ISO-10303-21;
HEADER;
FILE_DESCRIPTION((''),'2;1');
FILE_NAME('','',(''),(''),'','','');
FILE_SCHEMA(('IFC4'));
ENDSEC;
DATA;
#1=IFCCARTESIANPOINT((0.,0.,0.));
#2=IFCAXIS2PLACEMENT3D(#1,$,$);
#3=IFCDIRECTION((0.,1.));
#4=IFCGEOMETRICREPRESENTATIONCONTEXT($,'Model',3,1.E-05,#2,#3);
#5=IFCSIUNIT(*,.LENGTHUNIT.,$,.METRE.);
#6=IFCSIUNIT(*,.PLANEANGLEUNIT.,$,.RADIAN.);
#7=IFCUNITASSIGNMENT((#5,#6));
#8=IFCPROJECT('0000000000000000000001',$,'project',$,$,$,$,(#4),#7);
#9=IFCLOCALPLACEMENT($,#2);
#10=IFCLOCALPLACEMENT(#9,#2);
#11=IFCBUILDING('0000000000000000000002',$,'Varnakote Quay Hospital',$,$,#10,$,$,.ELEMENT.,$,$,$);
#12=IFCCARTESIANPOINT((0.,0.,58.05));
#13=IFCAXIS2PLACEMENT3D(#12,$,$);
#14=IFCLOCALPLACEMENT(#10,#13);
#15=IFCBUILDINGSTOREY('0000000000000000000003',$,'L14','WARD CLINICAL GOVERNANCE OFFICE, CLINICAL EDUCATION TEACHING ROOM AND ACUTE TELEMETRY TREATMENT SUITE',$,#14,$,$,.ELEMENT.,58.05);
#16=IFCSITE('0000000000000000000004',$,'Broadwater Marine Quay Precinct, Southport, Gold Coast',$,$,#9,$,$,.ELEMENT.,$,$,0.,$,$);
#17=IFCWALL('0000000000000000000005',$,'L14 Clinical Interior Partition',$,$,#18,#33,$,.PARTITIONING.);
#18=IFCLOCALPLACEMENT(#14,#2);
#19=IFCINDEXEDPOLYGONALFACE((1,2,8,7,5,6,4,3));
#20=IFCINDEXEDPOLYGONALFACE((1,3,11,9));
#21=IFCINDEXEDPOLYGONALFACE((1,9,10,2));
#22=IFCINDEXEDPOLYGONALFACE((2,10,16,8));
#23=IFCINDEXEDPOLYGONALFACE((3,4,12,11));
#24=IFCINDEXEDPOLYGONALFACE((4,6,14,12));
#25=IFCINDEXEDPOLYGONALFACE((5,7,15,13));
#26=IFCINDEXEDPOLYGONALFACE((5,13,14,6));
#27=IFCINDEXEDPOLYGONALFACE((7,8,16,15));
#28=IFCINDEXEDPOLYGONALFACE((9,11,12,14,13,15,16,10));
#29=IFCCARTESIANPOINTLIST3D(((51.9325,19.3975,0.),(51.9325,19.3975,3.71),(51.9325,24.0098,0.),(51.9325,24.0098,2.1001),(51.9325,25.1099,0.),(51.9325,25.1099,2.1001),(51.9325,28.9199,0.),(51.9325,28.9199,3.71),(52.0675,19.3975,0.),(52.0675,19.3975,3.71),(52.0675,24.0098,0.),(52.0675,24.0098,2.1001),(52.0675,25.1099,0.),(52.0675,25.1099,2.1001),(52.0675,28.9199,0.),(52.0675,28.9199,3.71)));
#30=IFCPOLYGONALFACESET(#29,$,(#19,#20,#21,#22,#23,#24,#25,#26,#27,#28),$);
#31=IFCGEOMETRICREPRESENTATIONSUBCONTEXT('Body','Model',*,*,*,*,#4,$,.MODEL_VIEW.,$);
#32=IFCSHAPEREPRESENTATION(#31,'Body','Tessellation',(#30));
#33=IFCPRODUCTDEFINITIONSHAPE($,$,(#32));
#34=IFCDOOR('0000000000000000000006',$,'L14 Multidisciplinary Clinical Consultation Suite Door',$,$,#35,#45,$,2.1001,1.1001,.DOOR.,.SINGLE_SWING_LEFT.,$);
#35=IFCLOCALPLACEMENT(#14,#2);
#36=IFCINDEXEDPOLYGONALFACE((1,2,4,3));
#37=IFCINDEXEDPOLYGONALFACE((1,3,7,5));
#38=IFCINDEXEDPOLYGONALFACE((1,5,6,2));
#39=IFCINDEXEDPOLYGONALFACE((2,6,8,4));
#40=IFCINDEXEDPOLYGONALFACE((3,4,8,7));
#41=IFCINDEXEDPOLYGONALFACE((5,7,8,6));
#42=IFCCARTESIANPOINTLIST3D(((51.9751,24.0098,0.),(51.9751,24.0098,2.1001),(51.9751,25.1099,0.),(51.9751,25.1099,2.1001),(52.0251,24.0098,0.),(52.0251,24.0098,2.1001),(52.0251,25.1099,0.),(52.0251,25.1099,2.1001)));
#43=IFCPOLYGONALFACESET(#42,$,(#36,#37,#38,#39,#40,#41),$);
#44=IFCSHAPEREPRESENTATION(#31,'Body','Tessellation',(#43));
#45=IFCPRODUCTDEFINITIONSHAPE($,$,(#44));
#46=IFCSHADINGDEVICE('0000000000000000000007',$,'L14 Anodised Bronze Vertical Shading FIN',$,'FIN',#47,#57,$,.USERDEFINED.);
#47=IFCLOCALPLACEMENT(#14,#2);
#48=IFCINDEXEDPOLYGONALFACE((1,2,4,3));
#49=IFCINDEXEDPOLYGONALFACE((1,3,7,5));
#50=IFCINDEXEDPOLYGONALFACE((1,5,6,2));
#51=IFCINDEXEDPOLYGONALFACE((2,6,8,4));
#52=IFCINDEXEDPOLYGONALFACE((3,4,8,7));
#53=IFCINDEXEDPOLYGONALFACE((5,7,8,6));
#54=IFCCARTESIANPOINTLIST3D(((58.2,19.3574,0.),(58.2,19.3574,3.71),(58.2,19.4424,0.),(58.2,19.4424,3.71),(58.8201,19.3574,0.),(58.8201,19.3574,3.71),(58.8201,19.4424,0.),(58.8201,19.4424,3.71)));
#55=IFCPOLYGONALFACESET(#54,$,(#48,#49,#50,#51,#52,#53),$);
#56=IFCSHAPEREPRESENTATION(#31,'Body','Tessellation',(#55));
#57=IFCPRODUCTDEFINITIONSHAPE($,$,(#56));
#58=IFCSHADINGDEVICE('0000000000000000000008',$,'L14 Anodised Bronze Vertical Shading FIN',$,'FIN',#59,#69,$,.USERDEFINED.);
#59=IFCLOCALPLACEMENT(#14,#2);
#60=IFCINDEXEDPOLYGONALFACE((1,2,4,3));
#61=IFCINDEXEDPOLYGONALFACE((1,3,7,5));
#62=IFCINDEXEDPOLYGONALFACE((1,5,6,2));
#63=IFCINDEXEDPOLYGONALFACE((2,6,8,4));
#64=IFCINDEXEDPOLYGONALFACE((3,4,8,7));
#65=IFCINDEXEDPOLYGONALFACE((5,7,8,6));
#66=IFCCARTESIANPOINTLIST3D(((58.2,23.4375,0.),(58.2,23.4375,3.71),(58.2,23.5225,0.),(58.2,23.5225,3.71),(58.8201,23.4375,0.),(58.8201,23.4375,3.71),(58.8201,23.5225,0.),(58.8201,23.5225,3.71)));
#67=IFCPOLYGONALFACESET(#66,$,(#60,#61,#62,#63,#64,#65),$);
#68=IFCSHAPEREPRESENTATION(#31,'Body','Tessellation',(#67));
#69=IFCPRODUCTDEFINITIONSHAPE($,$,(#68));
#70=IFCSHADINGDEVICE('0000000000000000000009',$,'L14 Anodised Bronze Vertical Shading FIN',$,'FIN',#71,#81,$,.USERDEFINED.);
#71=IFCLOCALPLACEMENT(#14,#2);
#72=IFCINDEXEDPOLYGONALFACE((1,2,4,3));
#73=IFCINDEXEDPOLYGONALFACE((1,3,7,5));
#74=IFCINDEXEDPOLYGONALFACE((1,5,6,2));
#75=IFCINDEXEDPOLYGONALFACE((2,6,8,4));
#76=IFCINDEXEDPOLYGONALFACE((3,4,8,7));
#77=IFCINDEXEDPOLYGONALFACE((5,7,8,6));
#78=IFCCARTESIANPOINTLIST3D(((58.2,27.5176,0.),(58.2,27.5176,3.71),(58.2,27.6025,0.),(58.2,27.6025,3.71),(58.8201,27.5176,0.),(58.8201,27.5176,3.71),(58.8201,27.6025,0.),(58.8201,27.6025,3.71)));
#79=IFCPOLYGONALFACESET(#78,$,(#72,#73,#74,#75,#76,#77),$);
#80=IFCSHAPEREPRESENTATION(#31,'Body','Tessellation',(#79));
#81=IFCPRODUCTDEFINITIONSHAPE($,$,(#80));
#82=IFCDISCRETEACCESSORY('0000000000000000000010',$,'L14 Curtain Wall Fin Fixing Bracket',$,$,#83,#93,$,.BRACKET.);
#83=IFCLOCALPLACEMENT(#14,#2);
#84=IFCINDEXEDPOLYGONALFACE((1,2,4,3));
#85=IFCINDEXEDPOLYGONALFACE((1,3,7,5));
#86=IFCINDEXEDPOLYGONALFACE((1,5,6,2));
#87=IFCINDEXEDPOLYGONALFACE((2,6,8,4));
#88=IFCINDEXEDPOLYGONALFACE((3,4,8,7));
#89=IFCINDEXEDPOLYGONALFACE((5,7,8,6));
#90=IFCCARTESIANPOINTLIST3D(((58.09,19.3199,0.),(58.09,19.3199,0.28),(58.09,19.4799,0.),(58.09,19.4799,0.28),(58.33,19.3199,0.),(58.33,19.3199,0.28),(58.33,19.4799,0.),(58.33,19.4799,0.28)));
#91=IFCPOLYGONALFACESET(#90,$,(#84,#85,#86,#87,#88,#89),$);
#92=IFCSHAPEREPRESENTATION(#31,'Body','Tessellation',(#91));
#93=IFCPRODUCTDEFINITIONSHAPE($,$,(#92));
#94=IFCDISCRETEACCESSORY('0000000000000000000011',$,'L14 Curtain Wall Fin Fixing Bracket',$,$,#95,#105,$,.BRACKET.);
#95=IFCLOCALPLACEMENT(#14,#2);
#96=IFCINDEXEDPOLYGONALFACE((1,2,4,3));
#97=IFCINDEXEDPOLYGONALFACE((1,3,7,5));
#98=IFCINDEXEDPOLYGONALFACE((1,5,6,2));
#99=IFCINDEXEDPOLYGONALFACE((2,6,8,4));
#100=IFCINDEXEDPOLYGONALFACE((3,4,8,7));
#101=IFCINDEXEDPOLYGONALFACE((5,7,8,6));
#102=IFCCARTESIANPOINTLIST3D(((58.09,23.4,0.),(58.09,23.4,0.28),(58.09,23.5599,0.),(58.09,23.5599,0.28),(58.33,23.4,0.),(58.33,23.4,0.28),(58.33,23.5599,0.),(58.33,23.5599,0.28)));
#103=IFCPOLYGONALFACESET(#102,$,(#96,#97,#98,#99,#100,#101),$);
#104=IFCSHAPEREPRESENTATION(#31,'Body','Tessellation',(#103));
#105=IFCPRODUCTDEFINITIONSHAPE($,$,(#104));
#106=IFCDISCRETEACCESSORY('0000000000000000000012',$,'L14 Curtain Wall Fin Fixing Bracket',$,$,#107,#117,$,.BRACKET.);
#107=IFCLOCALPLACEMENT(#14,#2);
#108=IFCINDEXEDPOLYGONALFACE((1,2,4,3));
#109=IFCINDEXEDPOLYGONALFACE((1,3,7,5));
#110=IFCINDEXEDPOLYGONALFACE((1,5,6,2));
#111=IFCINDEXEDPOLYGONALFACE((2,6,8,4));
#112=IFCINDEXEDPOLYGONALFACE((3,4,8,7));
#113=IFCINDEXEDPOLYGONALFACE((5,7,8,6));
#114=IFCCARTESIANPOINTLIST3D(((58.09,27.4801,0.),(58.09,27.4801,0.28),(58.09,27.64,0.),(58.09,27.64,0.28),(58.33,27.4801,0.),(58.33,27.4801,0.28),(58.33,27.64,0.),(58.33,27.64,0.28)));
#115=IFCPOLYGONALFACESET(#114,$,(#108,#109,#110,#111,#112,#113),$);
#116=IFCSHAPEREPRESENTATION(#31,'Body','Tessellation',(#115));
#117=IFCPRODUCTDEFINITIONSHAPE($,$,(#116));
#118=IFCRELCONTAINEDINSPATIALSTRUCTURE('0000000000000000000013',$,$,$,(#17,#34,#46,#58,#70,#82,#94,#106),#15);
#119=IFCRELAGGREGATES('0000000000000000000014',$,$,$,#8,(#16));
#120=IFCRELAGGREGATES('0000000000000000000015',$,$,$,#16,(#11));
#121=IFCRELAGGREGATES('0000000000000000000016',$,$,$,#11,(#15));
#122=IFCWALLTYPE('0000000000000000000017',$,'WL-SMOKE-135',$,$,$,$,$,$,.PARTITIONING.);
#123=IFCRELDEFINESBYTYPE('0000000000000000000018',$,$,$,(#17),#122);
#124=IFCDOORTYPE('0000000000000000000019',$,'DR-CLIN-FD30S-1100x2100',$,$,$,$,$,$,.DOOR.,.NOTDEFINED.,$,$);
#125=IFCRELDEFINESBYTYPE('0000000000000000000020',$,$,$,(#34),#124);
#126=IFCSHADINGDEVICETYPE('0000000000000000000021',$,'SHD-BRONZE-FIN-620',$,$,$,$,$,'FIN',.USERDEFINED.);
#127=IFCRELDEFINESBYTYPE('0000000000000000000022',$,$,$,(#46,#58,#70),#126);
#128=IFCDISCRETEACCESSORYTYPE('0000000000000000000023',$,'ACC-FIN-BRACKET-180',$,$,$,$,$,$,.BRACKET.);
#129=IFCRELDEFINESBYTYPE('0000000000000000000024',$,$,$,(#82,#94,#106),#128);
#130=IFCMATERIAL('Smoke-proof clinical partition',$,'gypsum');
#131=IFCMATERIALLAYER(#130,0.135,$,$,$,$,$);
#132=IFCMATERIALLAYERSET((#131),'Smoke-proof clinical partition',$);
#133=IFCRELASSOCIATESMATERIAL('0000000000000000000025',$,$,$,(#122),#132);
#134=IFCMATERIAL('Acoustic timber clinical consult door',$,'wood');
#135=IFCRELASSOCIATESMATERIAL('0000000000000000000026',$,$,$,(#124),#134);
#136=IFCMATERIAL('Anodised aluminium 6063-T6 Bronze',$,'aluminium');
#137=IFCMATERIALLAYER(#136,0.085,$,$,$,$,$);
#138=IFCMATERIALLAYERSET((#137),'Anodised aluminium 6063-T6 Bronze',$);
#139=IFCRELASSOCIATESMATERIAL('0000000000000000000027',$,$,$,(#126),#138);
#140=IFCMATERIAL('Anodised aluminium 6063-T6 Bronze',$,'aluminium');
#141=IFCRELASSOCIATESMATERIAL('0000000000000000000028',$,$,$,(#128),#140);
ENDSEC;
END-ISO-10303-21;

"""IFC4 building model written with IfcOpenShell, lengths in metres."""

from ifc_helpers import new_model, si_unit, direction, frame, frame_2d, origin, origin_2d, place, context, subcontext, project, spatial, rectangle, extrude, material, layer, layer_set, type_object, element, fill, save


model = new_model("IFC4")

# Units and contexts
model_context = context("Model", 3, precision=1e-05, world=origin(), true_north=direction((0.0, 1.0)))
body_context = subcontext(model_context, "Body", "Model", "MODEL_VIEW")
ifc_project = project(units=[si_unit("LENGTHUNIT", "METRE"), si_unit("PLANEANGLEUNIT", "RADIAN")], contexts=[model_context])

# Site, building, storey
site_placement = place(None, origin())
site = spatial("IfcSite", under=ifc_project, at=site_placement, Name="Broadwater Marine Quay Precinct, Southport, Gold Coast", CompositionType="ELEMENT", RefElevation=0.0)
building_placement = place(site_placement, origin())
building = spatial("IfcBuilding", under=site, at=building_placement, Name="Varnakote Quay Hospital", CompositionType="ELEMENT")
storey_placement = place(building_placement, frame((0.0, 0.0, 58.05)))
storey = spatial("IfcBuildingStorey", under=building, at=storey_placement, Name="L14", Description="WARD CLINICAL GOVERNANCE OFFICE, CLINICAL EDUCATION TEACHING ROOM AND ACUTE TELEMETRY TREATMENT SUITE", CompositionType="ELEMENT", Elevation=58.05)

# Shared definitions
ifc_material_1 = material(Name="Smoke-proof clinical partition", Category="gypsum")
ifc_layer_1 = layer(ifc_material_1, 0.135)
ifc_layer_set_1 = layer_set([ifc_layer_1], Name="Smoke-proof clinical partition")
wall_type_1 = type_object("IfcWallType", Name="WL-SMOKE-135", PredefinedType="PARTITIONING", material=ifc_layer_set_1)

# Wall, opening, door
wall_1_placement = place(storey_placement, frame((52.0, 19.3975, 0.0), z_axis=(0.0, 0.0, 1.0), x_axis=(0.0, 1.0, 0.0)))
wall_1 = element("IfcWall", 1, at=wall_1_placement, inside=storey, type_object=wall_type_1, Name="L14 Clinical Interior Partition", PredefinedType="PARTITIONING", context=body_context, shape_type="SweptSolid", body=[
    extrude(rectangle(XDim=9.5225, YDim=0.135, at=frame_2d((4.7612, 0.0))), origin(), (0.0, 0.0, 1.0), 3.71),
])
opening_placement = place(wall_1_placement, frame((4.6123, 0.0, 0.0)))
opening = element("IfcOpeningElement", 2, at=opening_placement, cuts=wall_1, PredefinedType="OPENING", context=body_context, shape_type="SweptSolid", body=[
    extrude(rectangle(XDim=1.1001, YDim=2.1001, at=frame_2d((0.55, 1.05))), frame((0.0, 0.0774, 0.0), z_axis=(0.0, -1.0, 0.0), x_axis=(1.0, 0.0, 0.0)), (0.0, 0.0, 1.0), 0.155),
])
ifc_material_2 = material(Name="Acoustic timber clinical consult door", Category="wood")
door_type = type_object("IfcDoorType", Name="DR-CLIN-FD30S-1100x2100", OperationType="NOTDEFINED", PredefinedType="DOOR", material=ifc_material_2)
door_placement = place(opening_placement, origin())
door = element("IfcDoor", 3, at=door_placement, inside=storey, type_object=door_type, Name="L14 Multidisciplinary Clinical Consultation Suite Door", OperationType="SINGLE_SWING_LEFT", OverallHeight=2.1001, OverallWidth=1.1001, PredefinedType="DOOR", context=body_context, shape_type="SweptSolid", body=[
    extrude(rectangle(XDim=1.1001, YDim=2.1001, at=frame_2d((0.55, 1.05))), frame((0.0, 0.0249, 0.0), z_axis=(0.0, -1.0, 0.0), x_axis=(1.0, 0.0, 0.0)), (0.0, 0.0, 1.0), 0.05),
])
fill(opening, door)

# Shading devices
ifc_material_3 = material(Name="Anodised aluminium 6063-T6 Bronze", Category="aluminium")
ifc_layer_2 = layer(ifc_material_3, 0.085)
ifc_layer_set_2 = layer_set([ifc_layer_2], Name="Anodised aluminium 6063-T6 Bronze")
shading_device_type = type_object("IfcShadingDeviceType", Name="SHD-BRONZE-FIN-620", ElementType="FIN", PredefinedType="USERDEFINED", material=ifc_layer_set_2)
for number, where, z_axis, x_axis, name in (
    (4, (58.51, 19.3999, 0.0), (0.0, 0.0, 1.0), (-1.0, 0.0, 0.0), "L14 Anodised Bronze Vertical Shading FIN"),
    (5, (58.51, 23.48, 0.0), (0.0, 0.0, 1.0), (-1.0, 0.0, 0.0), "L14 Anodised Bronze Vertical Shading FIN"),
    (6, (58.51, 27.5601, 0.0), (0.0, 0.0, 1.0), (-1.0, 0.0, 0.0), "L14 Anodised Bronze Vertical Shading FIN"),
):
    element("IfcShadingDevice", number, at=place(storey_placement, frame(where, z_axis=z_axis, x_axis=x_axis)), inside=storey, type_object=shading_device_type, Name=name, ObjectType="FIN", PredefinedType="USERDEFINED", context=body_context, shape_type="SweptSolid", body=[
        extrude(rectangle(XDim=0.6201, YDim=0.085, at=origin_2d()), origin(), (0.0, 0.0, 1.0), 3.71),
    ])

# Discrete accessories
ifc_material_4 = material(Name="Anodised aluminium 6063-T6 Bronze", Category="aluminium")
discrete_accessory_type = type_object("IfcDiscreteAccessoryType", Name="ACC-FIN-BRACKET-180", PredefinedType="BRACKET", material=ifc_material_4)
for number, where, z_axis, x_axis, name in (
    (7, (58.21, 19.3999, 0.0), (0.0, 0.0, 1.0), (0.0, 1.0, 0.0), "L14 Curtain Wall Fin Fixing Bracket"),
    (8, (58.21, 23.48, 0.0), (0.0, 0.0, 1.0), (0.0, 1.0, 0.0), "L14 Curtain Wall Fin Fixing Bracket"),
    (9, (58.21, 27.5601, 0.0), (0.0, 0.0, 1.0), (0.0, 1.0, 0.0), "L14 Curtain Wall Fin Fixing Bracket"),
):
    element("IfcDiscreteAccessory", number, at=place(storey_placement, frame(where, z_axis=z_axis, x_axis=x_axis)), inside=storey, type_object=discrete_accessory_type, Name=name, PredefinedType="BRACKET", context=body_context, shape_type="SweptSolid", body=[
        extrude(rectangle(XDim=0.1599, YDim=0.24, at=origin_2d()), origin(), (0.0, 0.0, 1.0), 0.28),
    ])

save(model, "model.ifc")
